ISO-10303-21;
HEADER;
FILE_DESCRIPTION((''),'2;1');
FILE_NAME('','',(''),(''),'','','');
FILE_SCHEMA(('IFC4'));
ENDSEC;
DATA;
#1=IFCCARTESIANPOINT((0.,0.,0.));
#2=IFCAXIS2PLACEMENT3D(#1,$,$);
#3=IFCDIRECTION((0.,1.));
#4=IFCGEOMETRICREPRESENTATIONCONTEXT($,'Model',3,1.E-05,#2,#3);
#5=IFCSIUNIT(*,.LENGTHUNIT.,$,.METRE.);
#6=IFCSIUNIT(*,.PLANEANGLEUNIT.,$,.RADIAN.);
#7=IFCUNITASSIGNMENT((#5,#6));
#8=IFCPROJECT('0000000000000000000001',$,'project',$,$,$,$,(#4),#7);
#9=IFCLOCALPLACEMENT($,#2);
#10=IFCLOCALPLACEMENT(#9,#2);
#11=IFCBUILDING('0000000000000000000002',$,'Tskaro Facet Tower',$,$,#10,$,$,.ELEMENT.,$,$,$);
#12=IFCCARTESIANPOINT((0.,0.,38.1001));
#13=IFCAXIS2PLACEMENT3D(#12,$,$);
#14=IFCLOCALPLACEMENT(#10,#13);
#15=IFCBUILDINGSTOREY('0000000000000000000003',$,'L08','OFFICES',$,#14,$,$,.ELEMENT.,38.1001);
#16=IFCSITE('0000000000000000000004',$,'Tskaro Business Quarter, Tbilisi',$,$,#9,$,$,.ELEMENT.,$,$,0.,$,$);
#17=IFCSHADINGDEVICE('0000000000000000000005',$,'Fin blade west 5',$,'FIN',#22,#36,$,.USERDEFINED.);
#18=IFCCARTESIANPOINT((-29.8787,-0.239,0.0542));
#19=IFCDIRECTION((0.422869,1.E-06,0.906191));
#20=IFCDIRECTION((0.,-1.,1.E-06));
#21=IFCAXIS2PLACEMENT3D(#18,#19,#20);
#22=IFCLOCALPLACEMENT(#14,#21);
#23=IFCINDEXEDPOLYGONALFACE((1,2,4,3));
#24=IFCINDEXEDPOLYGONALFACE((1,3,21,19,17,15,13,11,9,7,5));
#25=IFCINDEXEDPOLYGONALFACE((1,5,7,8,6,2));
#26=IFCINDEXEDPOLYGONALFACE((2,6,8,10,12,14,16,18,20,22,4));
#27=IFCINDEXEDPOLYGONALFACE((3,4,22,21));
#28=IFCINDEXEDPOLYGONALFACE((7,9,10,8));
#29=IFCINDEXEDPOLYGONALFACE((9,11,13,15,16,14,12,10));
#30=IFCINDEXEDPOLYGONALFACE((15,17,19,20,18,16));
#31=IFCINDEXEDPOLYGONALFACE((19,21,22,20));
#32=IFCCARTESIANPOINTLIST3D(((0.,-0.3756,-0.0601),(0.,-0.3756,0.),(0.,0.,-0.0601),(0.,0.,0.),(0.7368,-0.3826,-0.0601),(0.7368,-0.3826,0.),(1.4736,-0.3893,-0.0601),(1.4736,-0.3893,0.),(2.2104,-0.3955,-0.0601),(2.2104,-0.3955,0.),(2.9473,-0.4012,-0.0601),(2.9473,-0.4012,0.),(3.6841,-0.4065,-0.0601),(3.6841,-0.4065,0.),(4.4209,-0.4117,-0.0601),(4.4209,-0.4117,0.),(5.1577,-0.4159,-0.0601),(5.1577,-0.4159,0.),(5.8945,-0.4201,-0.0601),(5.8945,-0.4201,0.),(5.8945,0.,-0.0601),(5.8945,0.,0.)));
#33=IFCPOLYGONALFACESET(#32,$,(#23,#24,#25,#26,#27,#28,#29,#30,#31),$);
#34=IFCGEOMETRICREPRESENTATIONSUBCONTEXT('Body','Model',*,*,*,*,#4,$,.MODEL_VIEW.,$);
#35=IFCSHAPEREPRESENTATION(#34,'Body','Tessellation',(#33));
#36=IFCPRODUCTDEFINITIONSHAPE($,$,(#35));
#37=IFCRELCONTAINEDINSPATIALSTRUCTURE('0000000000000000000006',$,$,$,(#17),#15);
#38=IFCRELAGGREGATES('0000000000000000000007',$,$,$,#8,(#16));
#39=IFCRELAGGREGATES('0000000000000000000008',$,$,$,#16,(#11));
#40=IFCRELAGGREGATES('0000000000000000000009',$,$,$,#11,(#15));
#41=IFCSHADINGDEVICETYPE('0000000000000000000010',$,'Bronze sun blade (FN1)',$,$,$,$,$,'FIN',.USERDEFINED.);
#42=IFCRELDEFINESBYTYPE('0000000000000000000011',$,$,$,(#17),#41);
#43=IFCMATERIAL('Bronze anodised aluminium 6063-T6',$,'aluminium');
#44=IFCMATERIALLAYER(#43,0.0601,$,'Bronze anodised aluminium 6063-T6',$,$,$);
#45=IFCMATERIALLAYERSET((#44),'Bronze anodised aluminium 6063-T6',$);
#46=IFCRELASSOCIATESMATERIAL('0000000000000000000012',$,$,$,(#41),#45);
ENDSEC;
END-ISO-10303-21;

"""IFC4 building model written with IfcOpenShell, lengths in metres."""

from ifc_helpers import new_model, si_unit, direction, frame, origin, place, context, subcontext, project, spatial, polyline, outline, extrude, material, layer, layer_set, type_object, element, save


model = new_model("IFC4")

# Units and contexts
model_context = context("Model", 3, precision=1e-05, world=origin(), true_north=direction((0.0, 1.0)))
body_context = subcontext(model_context, "Body", "Model", "MODEL_VIEW")
ifc_project = project(units=[si_unit("LENGTHUNIT", "METRE"), si_unit("PLANEANGLEUNIT", "RADIAN")], contexts=[model_context])

# Site, building, storey
site_placement = place(None, origin())
site = spatial("IfcSite", under=ifc_project, at=site_placement, Name="Tskaro Business Quarter, Tbilisi", CompositionType="ELEMENT", RefElevation=0.0)
building_placement = place(site_placement, origin())
building = spatial("IfcBuilding", under=site, at=building_placement, Name="Tskaro Facet Tower", CompositionType="ELEMENT")
storey_placement = place(building_placement, frame((0.0, 0.0, 38.1001)))
storey = spatial("IfcBuildingStorey", under=building, at=storey_placement, Name="L08", Description="OFFICES", CompositionType="ELEMENT", Elevation=38.1001)

# Shared definitions
ifc_material_1 = material(Name="Bronze anodised aluminium 6063-T6", Category="aluminium")

# Shading device
ifc_layer_1 = layer(ifc_material_1, 0.0601, Name="Bronze anodised aluminium 6063-T6")
ifc_layer_set_1 = layer_set([ifc_layer_1], Name="Bronze anodised aluminium 6063-T6")
shading_device_type = type_object("IfcShadingDeviceType", Name="Bronze sun blade (FN1)", ElementType="FIN", PredefinedType="USERDEFINED", material=ifc_layer_set_1)
shading_device_1_placement = place(storey_placement, frame((-29.8787, -0.239, 0.0542), z_axis=(0.422869, 0.000001, 0.906191), x_axis=(0.0, -1.0, 0.000001)))
element("IfcShadingDevice", 1, at=shading_device_1_placement, inside=storey, type_object=shading_device_type, Name="Fin blade west 5", ObjectType="FIN", PredefinedType="USERDEFINED", context=body_context, shape_type="SweptSolid", body=[
    extrude(outline(polyline([(0.0, 0.0), (5.8945, 0.0), (5.8945, -0.4201), (5.1577, -0.4159), (4.4209, -0.4117), (3.6841, -0.4065), (2.9473, -0.4012), (2.2104, -0.3955), (1.4736, -0.3893), (0.7368, -0.3826), (0.0, -0.3756), (0.0, 0.0)])), origin(), (0.0, 0.0, -1.0), 0.0601),
])

save(model, "model.ifc")
